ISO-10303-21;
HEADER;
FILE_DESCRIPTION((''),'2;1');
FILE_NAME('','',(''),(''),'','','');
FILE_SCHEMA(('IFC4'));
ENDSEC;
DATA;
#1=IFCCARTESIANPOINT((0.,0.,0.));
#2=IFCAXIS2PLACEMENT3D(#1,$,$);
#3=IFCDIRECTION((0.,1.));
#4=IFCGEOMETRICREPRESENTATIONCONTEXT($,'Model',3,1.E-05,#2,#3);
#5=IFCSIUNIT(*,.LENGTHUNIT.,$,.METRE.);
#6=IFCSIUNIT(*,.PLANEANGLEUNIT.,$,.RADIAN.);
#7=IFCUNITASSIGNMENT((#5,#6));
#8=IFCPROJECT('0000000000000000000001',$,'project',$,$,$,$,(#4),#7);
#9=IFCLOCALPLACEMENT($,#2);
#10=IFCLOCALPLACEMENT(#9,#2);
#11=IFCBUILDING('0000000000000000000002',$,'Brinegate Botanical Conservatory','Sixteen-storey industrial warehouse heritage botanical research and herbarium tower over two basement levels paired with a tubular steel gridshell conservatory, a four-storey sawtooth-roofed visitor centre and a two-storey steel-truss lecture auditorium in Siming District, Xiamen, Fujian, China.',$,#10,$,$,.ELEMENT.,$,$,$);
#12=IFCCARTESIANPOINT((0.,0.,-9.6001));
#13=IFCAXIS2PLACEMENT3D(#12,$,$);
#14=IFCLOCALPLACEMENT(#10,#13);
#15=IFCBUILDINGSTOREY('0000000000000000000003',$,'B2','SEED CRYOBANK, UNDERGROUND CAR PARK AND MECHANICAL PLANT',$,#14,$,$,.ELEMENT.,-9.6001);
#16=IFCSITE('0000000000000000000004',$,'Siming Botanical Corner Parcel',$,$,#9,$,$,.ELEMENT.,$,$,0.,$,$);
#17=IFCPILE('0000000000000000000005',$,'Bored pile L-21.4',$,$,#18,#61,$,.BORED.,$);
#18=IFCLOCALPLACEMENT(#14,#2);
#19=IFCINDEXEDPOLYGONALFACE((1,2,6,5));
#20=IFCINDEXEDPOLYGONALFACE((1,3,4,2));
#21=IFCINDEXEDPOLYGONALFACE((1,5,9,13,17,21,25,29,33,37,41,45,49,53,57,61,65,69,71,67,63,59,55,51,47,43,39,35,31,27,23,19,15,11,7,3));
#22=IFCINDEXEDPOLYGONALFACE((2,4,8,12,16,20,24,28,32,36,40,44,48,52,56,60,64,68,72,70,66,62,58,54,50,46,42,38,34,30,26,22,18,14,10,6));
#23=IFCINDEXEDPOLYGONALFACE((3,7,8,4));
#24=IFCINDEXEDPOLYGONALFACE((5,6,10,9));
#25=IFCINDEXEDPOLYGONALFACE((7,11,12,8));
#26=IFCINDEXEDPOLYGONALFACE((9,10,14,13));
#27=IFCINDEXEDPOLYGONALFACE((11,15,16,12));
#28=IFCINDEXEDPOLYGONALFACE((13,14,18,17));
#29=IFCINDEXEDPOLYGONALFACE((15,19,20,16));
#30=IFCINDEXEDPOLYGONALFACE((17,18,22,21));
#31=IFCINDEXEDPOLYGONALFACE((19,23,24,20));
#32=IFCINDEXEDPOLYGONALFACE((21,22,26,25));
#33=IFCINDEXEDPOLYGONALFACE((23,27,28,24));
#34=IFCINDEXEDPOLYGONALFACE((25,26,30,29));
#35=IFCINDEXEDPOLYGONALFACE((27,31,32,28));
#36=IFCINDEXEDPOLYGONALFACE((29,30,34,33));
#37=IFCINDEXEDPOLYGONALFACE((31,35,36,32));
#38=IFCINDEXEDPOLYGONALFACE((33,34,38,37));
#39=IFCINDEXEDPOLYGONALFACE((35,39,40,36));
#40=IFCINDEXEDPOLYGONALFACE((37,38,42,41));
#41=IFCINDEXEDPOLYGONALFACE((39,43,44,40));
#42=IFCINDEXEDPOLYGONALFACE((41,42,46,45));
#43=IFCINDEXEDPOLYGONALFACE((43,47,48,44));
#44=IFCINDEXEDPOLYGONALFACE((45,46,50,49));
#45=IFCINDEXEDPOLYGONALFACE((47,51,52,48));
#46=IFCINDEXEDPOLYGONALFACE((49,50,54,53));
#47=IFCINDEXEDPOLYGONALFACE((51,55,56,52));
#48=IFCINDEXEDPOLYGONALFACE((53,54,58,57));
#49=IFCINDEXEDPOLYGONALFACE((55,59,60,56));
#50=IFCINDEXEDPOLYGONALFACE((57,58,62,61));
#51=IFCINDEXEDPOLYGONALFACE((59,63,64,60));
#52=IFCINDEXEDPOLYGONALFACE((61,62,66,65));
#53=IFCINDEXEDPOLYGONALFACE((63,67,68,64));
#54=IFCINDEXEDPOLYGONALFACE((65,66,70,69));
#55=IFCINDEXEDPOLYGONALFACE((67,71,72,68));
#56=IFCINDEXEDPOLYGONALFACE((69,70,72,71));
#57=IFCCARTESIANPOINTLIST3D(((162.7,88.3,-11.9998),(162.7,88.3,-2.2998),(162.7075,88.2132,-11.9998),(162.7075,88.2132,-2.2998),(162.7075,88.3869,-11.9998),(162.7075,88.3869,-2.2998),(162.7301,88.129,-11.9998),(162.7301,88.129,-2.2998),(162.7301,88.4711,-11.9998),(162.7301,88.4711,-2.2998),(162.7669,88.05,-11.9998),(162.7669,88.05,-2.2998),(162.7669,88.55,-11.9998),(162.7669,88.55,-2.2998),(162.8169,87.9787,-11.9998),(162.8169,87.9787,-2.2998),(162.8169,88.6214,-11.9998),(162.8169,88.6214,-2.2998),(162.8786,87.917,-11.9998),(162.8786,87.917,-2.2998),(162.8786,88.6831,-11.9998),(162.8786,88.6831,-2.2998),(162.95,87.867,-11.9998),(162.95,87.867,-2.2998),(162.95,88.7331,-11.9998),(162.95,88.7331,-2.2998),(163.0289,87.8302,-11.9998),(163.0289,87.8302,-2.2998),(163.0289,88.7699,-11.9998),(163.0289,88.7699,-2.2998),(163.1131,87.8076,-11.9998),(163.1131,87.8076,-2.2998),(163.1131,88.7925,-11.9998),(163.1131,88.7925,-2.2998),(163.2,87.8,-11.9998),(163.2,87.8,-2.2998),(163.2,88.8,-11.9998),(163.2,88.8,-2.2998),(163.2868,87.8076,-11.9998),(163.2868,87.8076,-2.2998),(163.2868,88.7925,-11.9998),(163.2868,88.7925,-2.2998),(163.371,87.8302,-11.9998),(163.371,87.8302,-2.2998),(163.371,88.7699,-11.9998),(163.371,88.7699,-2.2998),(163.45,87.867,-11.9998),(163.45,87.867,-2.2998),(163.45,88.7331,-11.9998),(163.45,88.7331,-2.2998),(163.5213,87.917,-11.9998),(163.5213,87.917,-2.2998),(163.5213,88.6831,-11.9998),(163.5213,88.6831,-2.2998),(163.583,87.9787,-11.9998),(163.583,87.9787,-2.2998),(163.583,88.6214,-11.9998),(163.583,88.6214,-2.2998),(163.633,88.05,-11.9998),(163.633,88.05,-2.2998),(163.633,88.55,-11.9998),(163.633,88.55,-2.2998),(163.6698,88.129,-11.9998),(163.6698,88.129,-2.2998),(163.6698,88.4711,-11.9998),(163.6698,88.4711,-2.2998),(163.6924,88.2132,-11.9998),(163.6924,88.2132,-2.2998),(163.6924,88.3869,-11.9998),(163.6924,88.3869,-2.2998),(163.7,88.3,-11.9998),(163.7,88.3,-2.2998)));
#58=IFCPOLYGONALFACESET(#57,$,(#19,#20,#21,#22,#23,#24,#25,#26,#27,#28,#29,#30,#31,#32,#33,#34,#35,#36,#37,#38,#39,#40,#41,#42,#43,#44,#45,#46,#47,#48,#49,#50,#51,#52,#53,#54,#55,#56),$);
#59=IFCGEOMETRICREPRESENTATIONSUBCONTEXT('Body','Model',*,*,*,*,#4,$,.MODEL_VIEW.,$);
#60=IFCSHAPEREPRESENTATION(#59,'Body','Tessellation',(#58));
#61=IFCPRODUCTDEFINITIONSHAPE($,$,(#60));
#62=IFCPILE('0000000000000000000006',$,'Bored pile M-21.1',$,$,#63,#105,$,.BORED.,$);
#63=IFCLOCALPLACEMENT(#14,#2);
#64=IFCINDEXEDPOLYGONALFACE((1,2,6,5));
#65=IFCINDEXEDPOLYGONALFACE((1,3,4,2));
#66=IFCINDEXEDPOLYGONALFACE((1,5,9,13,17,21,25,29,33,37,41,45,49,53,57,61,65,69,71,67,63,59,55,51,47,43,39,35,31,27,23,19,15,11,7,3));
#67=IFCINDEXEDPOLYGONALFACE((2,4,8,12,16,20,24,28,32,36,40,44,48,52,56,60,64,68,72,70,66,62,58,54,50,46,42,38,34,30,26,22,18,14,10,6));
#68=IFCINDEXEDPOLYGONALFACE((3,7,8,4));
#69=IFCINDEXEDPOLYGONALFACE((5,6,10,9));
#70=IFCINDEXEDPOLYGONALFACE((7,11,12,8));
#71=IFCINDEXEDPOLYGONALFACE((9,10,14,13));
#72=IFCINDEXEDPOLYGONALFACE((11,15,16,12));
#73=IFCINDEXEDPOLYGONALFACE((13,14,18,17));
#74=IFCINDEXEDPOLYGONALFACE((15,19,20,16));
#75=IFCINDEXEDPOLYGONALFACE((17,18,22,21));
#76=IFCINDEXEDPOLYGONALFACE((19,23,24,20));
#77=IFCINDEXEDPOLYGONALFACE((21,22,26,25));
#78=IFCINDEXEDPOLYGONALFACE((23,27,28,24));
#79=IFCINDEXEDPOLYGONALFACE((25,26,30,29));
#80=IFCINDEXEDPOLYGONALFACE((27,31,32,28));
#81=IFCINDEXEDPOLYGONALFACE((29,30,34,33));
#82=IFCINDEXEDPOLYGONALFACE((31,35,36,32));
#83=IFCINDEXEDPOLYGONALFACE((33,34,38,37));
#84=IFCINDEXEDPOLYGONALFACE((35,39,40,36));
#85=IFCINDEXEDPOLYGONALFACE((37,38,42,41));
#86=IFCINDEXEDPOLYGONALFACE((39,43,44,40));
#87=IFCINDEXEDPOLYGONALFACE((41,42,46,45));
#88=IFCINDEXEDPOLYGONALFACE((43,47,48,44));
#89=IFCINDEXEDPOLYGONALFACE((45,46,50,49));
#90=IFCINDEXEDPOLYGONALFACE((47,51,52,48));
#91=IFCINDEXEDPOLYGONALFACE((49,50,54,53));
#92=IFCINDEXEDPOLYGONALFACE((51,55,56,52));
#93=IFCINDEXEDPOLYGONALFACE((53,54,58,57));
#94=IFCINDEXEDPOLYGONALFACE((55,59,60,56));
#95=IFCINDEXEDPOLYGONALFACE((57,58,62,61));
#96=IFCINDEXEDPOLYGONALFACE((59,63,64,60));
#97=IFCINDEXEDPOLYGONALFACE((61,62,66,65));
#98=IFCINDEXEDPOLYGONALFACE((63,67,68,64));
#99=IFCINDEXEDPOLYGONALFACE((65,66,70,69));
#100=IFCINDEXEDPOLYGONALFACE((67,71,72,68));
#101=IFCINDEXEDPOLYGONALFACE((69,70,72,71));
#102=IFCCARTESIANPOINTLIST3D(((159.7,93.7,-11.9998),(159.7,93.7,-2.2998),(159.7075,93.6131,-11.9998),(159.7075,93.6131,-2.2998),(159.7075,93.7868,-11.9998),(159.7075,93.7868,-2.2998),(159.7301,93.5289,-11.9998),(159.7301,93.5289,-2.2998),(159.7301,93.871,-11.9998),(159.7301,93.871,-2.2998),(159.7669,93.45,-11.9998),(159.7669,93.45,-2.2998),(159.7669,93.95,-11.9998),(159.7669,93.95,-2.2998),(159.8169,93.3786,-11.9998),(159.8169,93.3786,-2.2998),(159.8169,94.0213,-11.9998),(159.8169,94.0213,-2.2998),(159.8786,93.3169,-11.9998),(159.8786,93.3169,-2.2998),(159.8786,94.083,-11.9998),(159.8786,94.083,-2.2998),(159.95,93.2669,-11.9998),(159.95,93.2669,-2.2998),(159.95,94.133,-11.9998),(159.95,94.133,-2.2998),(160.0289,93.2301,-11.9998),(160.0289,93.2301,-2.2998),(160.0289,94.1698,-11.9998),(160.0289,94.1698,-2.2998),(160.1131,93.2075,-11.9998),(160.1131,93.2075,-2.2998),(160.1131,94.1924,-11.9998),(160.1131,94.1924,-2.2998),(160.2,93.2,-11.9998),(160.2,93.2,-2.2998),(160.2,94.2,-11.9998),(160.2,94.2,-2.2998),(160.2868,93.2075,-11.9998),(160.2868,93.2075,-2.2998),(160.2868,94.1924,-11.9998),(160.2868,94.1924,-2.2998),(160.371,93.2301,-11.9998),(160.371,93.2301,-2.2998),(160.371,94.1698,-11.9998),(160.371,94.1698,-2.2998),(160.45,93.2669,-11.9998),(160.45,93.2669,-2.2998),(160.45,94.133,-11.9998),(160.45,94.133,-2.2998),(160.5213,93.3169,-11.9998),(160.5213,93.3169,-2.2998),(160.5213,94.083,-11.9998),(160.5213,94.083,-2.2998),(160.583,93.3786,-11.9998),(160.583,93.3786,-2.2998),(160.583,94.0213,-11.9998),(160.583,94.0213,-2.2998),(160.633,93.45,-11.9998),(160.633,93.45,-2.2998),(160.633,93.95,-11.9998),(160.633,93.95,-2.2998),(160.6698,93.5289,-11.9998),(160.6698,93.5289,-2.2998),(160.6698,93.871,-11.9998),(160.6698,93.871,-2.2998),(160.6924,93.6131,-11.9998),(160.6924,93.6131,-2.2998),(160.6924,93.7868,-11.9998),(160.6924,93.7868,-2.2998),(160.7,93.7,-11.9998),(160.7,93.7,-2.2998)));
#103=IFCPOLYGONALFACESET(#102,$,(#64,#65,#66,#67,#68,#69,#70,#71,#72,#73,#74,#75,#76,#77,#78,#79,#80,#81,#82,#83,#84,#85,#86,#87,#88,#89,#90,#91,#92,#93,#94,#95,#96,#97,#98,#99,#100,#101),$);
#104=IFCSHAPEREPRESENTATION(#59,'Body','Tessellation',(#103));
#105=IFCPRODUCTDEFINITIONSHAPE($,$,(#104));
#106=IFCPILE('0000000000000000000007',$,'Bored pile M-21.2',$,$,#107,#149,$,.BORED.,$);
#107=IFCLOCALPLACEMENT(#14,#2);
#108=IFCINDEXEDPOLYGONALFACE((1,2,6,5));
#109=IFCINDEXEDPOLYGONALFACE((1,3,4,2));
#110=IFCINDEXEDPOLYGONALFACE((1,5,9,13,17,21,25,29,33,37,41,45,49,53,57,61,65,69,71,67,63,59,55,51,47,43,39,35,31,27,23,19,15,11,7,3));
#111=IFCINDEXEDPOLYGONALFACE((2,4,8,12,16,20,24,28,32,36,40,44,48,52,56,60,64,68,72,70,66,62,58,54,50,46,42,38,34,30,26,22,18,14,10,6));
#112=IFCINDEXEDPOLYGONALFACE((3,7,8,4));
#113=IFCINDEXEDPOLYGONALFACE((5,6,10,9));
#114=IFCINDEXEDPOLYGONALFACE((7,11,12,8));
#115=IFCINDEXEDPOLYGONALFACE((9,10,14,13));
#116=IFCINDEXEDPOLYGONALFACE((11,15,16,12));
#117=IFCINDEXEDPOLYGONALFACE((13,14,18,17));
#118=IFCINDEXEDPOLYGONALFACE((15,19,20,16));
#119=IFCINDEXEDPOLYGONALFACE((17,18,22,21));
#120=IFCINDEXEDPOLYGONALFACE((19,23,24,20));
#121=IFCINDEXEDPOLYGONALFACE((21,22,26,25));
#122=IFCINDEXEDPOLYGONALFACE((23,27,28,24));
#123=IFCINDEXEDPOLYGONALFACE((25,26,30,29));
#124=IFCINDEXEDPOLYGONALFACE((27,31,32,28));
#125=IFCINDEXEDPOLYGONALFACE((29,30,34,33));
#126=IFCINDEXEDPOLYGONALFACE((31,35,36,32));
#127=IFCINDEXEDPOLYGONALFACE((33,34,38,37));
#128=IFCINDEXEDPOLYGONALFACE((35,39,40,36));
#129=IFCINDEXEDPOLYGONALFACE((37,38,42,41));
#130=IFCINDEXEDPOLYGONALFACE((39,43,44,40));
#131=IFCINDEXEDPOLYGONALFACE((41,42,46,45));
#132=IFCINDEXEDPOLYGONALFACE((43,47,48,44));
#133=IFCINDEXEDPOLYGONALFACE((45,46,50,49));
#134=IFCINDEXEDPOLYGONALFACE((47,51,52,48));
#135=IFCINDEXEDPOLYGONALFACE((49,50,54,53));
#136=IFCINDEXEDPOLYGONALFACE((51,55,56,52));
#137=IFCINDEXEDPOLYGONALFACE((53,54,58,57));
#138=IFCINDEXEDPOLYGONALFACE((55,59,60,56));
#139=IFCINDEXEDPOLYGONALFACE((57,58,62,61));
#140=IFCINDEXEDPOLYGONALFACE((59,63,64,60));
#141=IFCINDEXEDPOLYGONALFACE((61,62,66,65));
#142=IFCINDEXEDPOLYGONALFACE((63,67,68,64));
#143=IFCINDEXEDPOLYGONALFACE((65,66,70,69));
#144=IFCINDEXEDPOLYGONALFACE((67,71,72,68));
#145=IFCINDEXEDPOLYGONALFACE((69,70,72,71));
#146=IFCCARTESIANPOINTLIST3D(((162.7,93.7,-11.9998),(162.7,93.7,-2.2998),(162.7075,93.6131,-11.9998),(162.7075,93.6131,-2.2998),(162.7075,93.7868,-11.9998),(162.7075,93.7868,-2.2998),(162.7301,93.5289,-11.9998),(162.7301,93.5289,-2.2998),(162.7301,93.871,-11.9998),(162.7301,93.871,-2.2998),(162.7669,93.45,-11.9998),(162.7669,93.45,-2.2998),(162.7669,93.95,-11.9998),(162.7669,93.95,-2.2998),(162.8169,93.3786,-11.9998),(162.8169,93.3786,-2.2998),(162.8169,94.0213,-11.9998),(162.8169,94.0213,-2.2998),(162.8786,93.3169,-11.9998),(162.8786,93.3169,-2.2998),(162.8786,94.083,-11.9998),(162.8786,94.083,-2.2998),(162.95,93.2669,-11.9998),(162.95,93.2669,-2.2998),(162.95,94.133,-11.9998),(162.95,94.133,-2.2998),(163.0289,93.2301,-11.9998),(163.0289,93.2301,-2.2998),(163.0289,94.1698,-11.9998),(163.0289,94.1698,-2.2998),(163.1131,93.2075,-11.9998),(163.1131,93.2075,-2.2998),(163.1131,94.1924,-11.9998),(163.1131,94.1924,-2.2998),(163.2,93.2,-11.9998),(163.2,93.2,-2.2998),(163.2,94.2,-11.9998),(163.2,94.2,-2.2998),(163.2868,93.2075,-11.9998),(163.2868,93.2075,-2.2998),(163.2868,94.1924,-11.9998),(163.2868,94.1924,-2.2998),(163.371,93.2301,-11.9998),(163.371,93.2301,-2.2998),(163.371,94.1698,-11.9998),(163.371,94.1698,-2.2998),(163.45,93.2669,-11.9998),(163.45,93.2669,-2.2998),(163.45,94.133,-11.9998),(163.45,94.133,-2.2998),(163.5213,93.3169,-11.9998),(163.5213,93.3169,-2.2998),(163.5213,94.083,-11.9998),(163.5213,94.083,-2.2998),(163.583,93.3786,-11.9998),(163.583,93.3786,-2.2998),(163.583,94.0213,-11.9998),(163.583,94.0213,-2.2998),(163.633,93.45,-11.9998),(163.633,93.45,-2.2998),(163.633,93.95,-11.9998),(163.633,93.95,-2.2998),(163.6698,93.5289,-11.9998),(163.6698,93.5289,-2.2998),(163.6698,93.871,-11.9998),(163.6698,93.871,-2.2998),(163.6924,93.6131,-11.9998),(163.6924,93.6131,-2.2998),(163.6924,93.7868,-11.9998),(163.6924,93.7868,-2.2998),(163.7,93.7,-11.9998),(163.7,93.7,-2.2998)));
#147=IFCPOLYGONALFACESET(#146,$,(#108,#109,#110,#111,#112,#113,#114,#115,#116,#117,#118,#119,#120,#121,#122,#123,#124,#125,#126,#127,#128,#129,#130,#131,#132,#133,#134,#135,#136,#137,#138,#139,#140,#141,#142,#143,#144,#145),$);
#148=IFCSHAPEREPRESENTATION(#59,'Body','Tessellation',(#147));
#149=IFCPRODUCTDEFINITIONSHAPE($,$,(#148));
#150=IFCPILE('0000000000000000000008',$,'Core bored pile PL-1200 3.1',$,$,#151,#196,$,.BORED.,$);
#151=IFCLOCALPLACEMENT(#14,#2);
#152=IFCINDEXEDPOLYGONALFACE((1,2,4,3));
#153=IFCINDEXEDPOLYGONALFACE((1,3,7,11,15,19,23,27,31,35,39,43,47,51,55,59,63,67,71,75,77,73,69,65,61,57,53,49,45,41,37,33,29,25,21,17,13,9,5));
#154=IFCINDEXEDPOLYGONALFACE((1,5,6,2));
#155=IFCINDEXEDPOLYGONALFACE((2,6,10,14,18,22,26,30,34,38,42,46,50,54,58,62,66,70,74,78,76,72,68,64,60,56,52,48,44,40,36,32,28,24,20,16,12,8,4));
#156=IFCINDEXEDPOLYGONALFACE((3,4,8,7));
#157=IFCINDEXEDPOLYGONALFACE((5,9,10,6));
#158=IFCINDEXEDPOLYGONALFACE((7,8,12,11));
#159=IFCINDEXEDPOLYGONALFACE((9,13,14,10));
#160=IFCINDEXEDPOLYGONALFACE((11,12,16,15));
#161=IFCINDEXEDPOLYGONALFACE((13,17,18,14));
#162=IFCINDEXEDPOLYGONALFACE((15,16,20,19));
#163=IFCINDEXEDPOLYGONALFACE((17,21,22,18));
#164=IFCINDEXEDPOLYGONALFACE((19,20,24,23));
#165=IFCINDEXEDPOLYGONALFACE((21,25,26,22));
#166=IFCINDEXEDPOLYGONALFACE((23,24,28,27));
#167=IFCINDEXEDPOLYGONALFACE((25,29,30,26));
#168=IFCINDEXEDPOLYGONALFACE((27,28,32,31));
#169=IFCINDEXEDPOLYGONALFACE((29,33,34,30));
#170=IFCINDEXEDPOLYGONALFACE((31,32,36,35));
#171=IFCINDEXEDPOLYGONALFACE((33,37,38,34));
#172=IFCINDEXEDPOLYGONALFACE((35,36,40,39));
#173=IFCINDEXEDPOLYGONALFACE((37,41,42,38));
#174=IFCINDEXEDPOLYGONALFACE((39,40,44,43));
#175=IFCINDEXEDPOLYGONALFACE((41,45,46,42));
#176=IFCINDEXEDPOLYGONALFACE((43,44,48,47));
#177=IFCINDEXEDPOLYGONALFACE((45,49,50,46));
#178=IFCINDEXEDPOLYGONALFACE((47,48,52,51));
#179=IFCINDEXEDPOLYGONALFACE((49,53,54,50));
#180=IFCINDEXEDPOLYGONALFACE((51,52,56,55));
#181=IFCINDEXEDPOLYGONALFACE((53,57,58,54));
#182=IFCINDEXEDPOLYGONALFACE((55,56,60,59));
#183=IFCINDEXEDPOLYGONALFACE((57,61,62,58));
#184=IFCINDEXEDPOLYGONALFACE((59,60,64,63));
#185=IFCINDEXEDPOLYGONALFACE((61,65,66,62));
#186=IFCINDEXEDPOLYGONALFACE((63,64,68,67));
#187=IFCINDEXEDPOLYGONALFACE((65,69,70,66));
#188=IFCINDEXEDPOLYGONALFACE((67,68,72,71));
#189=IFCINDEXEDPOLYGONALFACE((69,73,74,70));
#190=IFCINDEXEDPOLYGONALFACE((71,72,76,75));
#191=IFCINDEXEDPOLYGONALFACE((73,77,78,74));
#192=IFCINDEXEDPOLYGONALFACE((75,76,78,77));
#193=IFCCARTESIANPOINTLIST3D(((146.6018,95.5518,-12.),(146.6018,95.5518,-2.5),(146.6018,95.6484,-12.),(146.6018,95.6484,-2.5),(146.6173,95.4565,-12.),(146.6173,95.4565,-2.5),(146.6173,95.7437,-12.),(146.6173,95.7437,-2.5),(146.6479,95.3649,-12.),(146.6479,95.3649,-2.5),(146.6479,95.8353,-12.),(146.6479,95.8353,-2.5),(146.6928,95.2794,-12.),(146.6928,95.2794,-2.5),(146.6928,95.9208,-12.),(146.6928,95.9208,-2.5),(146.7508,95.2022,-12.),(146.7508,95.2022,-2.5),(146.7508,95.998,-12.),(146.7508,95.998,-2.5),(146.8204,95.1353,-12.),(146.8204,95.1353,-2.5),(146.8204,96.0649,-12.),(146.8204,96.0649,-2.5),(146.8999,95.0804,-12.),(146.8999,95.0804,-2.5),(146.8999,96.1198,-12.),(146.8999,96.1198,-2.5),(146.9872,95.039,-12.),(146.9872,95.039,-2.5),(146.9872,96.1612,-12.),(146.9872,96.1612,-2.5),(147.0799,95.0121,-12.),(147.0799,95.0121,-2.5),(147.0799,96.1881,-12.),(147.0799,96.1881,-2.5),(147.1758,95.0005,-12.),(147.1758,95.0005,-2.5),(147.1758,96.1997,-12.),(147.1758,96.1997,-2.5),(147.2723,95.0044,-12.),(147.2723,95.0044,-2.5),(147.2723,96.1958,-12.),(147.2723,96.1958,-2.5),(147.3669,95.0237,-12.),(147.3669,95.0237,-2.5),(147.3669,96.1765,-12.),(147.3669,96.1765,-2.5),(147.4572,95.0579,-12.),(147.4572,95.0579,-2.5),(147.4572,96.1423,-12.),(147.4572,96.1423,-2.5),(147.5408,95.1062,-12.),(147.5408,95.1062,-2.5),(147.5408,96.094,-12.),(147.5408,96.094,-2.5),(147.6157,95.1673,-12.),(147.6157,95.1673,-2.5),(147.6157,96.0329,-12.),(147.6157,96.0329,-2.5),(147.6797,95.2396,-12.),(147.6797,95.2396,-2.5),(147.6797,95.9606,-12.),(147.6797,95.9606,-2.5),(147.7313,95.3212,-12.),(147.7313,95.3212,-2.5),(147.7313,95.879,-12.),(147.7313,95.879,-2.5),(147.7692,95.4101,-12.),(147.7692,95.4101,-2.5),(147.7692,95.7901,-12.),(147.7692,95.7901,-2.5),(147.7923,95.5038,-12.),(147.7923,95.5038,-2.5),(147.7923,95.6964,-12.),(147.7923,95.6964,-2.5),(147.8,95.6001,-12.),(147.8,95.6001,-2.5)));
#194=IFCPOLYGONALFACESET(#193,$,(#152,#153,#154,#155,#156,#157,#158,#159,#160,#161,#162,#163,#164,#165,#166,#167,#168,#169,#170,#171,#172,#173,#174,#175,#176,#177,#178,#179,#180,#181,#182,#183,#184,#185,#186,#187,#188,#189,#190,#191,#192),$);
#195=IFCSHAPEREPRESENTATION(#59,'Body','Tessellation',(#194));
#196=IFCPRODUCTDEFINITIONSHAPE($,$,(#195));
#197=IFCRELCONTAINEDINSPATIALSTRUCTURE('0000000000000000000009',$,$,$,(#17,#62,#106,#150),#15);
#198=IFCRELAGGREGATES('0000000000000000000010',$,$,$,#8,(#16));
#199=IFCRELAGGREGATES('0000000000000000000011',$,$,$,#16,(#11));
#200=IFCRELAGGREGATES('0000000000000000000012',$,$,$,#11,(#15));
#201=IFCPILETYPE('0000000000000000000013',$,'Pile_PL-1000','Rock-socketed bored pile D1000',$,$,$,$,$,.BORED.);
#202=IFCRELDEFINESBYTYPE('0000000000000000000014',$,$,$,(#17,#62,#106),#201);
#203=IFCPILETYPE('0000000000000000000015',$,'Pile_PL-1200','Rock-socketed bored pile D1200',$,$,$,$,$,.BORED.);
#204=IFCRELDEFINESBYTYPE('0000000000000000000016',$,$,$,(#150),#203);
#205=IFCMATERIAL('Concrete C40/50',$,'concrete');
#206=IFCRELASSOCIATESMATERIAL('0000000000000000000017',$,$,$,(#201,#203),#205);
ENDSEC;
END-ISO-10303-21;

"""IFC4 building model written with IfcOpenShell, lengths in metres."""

from ifc_helpers import new_model, si_unit, direction, frame, origin, origin_2d, place, context, subcontext, project, spatial, circle, extrude, material, material_profile, profile_set, type_object, element, save


model = new_model("IFC4")

# Units and contexts
model_context = context("Model", 3, precision=1e-05, world=origin(), true_north=direction((0.0, 1.0)))
body_context = subcontext(model_context, "Body", "Model", "MODEL_VIEW")
ifc_project = project(units=[si_unit("LENGTHUNIT", "METRE"), si_unit("PLANEANGLEUNIT", "RADIAN")], contexts=[model_context])

# Site, building, storey
site_placement = place(None, origin())
site = spatial("IfcSite", under=ifc_project, at=site_placement, Name="Siming Botanical Corner Parcel", CompositionType="ELEMENT", RefElevation=0.0)
building_placement = place(site_placement, origin())
building = spatial("IfcBuilding", under=site, at=building_placement, Name="Brinegate Botanical Conservatory", Description="Sixteen-storey industrial warehouse heritage botanical research and herbarium tower over two basement levels paired with a tubular steel gridshell conservatory, a four-storey sawtooth-roofed visitor centre and a two-storey steel-truss lecture auditorium in Siming District, Xiamen, Fujian, China.", CompositionType="ELEMENT")
storey_placement = place(building_placement, frame((0.0, 0.0, -9.6001)))
storey = spatial("IfcBuildingStorey", under=building, at=storey_placement, Name="B2", Description="SEED CRYOBANK, UNDERGROUND CAR PARK AND MECHANICAL PLANT", CompositionType="ELEMENT", Elevation=-9.6001)

# Shared definitions
ifc_material_1 = material(Name="Concrete C40/50", Category="concrete")

# Piles
ifc_material_profile_1 = material_profile(ifc_material_1, circle(Radius=0.5, at=origin_2d()), Name="PILE D1000")
ifc_profile_set_1 = profile_set([ifc_material_profile_1], Name="Concrete C40/50")
pile_type_1 = type_object("IfcPileType", Name="Pile_PL-1000", Description="Rock-socketed bored pile D1000", PredefinedType="BORED", material=ifc_profile_set_1)
for number, where, z_axis, x_axis, name in (
    (1, (163.2, 88.3, -2.2998), (0.0, 0.0, -1.0), (1.0, 0.0, 0.0), "Bored pile L-21.4"),
    (2, (160.2, 93.7, -2.2998), (0.0, 0.0, -1.0), (1.0, 0.0, 0.0), "Bored pile M-21.1"),
    (3, (163.2, 93.7, -2.2998), (0.0, 0.0, -1.0), (1.0, 0.0, 0.0), "Bored pile M-21.2"),
):
    element("IfcPile", number, at=place(storey_placement, frame(where, z_axis=z_axis, x_axis=x_axis)), inside=storey, type_object=pile_type_1, Name=name, PredefinedType="BORED", context=body_context, shape_type="SweptSolid", body=[
        extrude(circle(Radius=0.5, at=origin_2d()), origin(), (0.0, 0.0, 1.0), 9.7),
    ])
ifc_material_profile_2 = material_profile(ifc_material_1, circle(Radius=0.6001, at=origin_2d()), Name="PILE D1200")
ifc_profile_set_2 = profile_set([ifc_material_profile_2], Name="Concrete C40/50")
pile_type_2 = type_object("IfcPileType", Name="Pile_PL-1200", Description="Rock-socketed bored pile D1200", PredefinedType="BORED", material=ifc_profile_set_2)
for number, where, z_axis, x_axis, name in (
    (4, (147.2, 95.6001, -2.5), (0.0, 0.0, -1.0), (1.0, 0.0, 0.0), "Core bored pile PL-1200 3.1"),
):
    element("IfcPile", number, at=place(storey_placement, frame(where, z_axis=z_axis, x_axis=x_axis)), inside=storey, type_object=pile_type_2, Name=name, PredefinedType="BORED", context=body_context, shape_type="SweptSolid", body=[
        extrude(circle(Radius=0.6001, at=origin_2d()), origin(), (0.0, 0.0, 1.0), 9.5),
    ])

save(model, "model.ifc")
